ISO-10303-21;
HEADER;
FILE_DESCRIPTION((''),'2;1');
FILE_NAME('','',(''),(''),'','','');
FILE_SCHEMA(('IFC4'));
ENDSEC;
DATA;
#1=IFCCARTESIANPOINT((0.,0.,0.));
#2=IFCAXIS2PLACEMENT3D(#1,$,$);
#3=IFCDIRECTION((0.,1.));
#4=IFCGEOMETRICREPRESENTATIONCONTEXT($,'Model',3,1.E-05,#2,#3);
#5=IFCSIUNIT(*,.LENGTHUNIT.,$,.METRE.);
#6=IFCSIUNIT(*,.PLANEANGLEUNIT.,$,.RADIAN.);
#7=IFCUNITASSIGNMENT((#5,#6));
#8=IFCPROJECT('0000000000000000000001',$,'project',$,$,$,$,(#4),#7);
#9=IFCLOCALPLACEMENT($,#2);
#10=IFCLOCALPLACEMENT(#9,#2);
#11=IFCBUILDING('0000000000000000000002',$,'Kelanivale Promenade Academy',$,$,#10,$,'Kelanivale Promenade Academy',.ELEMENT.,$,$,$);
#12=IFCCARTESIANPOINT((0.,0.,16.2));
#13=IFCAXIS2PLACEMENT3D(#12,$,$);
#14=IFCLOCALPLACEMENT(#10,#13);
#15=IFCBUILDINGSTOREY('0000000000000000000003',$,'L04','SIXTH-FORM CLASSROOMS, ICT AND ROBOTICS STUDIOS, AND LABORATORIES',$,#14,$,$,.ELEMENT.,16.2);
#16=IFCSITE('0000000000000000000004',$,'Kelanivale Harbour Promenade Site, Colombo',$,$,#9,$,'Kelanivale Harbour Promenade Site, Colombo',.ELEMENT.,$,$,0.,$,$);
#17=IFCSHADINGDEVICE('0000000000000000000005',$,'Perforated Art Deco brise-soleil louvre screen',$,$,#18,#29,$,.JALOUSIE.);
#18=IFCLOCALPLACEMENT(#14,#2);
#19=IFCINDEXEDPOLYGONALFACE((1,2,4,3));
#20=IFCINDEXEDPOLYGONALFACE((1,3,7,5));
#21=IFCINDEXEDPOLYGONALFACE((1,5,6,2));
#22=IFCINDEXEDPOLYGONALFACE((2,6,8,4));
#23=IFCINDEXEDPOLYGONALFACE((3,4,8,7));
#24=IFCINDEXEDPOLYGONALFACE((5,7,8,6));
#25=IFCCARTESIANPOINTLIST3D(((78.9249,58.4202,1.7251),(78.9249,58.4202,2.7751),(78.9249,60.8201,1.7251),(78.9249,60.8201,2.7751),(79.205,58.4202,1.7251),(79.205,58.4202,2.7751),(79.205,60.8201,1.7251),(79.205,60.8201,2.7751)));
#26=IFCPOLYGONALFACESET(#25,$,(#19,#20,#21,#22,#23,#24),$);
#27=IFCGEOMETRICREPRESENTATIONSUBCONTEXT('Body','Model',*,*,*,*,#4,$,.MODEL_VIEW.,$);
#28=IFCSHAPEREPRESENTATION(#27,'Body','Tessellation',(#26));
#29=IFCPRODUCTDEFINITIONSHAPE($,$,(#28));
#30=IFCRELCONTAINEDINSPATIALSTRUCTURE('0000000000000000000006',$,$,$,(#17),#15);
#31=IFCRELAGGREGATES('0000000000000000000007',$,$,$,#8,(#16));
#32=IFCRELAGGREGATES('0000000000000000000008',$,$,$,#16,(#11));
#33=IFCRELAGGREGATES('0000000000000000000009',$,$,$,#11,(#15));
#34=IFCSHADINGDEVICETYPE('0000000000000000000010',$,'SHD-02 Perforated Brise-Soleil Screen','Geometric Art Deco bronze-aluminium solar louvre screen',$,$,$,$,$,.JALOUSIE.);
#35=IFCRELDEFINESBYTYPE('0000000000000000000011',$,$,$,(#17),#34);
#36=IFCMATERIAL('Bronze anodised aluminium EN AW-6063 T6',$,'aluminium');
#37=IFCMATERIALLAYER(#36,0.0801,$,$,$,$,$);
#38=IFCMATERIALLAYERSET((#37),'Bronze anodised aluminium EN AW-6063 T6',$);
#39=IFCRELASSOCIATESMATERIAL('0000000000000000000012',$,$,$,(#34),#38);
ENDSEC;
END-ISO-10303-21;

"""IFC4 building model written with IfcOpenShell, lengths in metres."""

from ifc_helpers import new_model, si_unit, direction, frame, origin, origin_2d, place, context, subcontext, project, spatial, rectangle, extrude, material, layer, layer_set, type_object, element, save


model = new_model("IFC4")

# Units and contexts
model_context = context("Model", 3, precision=1e-05, world=origin(), true_north=direction((0.0, 1.0)))
body_context = subcontext(model_context, "Body", "Model", "MODEL_VIEW")
ifc_project = project(units=[si_unit("LENGTHUNIT", "METRE"), si_unit("PLANEANGLEUNIT", "RADIAN")], contexts=[model_context])

# Site, building, storey
site_placement = place(None, origin())
site = spatial("IfcSite", under=ifc_project, at=site_placement, Name="Kelanivale Harbour Promenade Site, Colombo", LongName="Kelanivale Harbour Promenade Site, Colombo", CompositionType="ELEMENT", RefElevation=0.0)
building_placement = place(site_placement, origin())
building = spatial("IfcBuilding", under=site, at=building_placement, Name="Kelanivale Promenade Academy", LongName="Kelanivale Promenade Academy", CompositionType="ELEMENT")
storey_placement = place(building_placement, frame((0.0, 0.0, 16.2)))
storey = spatial("IfcBuildingStorey", under=building, at=storey_placement, Name="L04", Description="SIXTH-FORM CLASSROOMS, ICT AND ROBOTICS STUDIOS, AND LABORATORIES", CompositionType="ELEMENT", Elevation=16.2)

# Shading device
ifc_material_1 = material(Name="Bronze anodised aluminium EN AW-6063 T6", Category="aluminium")
ifc_layer_1 = layer(ifc_material_1, 0.0801)
ifc_layer_set_1 = layer_set([ifc_layer_1], Name="Bronze anodised aluminium EN AW-6063 T6")
shading_device_type_1 = type_object("IfcShadingDeviceType", Name="SHD-02 Perforated Brise-Soleil Screen", Description="Geometric Art Deco bronze-aluminium solar louvre screen", PredefinedType="JALOUSIE", material=ifc_layer_set_1)
shading_device_1_placement = place(storey_placement, frame((79.0649, 59.6201, 1.7251), z_axis=(0.0, 0.0, 1.0), x_axis=(0.0, -1.0, 0.0)))
element("IfcShadingDevice", 1, at=shading_device_1_placement, inside=storey, type_object=shading_device_type_1, Name="Perforated Art Deco brise-soleil louvre screen", PredefinedType="JALOUSIE", context=body_context, shape_type="SweptSolid", body=[
    extrude(rectangle(XDim=2.3999, YDim=0.28, at=origin_2d()), origin(), (0.0, 0.0, 1.0), 1.05),
])

save(model, "model.ifc")
